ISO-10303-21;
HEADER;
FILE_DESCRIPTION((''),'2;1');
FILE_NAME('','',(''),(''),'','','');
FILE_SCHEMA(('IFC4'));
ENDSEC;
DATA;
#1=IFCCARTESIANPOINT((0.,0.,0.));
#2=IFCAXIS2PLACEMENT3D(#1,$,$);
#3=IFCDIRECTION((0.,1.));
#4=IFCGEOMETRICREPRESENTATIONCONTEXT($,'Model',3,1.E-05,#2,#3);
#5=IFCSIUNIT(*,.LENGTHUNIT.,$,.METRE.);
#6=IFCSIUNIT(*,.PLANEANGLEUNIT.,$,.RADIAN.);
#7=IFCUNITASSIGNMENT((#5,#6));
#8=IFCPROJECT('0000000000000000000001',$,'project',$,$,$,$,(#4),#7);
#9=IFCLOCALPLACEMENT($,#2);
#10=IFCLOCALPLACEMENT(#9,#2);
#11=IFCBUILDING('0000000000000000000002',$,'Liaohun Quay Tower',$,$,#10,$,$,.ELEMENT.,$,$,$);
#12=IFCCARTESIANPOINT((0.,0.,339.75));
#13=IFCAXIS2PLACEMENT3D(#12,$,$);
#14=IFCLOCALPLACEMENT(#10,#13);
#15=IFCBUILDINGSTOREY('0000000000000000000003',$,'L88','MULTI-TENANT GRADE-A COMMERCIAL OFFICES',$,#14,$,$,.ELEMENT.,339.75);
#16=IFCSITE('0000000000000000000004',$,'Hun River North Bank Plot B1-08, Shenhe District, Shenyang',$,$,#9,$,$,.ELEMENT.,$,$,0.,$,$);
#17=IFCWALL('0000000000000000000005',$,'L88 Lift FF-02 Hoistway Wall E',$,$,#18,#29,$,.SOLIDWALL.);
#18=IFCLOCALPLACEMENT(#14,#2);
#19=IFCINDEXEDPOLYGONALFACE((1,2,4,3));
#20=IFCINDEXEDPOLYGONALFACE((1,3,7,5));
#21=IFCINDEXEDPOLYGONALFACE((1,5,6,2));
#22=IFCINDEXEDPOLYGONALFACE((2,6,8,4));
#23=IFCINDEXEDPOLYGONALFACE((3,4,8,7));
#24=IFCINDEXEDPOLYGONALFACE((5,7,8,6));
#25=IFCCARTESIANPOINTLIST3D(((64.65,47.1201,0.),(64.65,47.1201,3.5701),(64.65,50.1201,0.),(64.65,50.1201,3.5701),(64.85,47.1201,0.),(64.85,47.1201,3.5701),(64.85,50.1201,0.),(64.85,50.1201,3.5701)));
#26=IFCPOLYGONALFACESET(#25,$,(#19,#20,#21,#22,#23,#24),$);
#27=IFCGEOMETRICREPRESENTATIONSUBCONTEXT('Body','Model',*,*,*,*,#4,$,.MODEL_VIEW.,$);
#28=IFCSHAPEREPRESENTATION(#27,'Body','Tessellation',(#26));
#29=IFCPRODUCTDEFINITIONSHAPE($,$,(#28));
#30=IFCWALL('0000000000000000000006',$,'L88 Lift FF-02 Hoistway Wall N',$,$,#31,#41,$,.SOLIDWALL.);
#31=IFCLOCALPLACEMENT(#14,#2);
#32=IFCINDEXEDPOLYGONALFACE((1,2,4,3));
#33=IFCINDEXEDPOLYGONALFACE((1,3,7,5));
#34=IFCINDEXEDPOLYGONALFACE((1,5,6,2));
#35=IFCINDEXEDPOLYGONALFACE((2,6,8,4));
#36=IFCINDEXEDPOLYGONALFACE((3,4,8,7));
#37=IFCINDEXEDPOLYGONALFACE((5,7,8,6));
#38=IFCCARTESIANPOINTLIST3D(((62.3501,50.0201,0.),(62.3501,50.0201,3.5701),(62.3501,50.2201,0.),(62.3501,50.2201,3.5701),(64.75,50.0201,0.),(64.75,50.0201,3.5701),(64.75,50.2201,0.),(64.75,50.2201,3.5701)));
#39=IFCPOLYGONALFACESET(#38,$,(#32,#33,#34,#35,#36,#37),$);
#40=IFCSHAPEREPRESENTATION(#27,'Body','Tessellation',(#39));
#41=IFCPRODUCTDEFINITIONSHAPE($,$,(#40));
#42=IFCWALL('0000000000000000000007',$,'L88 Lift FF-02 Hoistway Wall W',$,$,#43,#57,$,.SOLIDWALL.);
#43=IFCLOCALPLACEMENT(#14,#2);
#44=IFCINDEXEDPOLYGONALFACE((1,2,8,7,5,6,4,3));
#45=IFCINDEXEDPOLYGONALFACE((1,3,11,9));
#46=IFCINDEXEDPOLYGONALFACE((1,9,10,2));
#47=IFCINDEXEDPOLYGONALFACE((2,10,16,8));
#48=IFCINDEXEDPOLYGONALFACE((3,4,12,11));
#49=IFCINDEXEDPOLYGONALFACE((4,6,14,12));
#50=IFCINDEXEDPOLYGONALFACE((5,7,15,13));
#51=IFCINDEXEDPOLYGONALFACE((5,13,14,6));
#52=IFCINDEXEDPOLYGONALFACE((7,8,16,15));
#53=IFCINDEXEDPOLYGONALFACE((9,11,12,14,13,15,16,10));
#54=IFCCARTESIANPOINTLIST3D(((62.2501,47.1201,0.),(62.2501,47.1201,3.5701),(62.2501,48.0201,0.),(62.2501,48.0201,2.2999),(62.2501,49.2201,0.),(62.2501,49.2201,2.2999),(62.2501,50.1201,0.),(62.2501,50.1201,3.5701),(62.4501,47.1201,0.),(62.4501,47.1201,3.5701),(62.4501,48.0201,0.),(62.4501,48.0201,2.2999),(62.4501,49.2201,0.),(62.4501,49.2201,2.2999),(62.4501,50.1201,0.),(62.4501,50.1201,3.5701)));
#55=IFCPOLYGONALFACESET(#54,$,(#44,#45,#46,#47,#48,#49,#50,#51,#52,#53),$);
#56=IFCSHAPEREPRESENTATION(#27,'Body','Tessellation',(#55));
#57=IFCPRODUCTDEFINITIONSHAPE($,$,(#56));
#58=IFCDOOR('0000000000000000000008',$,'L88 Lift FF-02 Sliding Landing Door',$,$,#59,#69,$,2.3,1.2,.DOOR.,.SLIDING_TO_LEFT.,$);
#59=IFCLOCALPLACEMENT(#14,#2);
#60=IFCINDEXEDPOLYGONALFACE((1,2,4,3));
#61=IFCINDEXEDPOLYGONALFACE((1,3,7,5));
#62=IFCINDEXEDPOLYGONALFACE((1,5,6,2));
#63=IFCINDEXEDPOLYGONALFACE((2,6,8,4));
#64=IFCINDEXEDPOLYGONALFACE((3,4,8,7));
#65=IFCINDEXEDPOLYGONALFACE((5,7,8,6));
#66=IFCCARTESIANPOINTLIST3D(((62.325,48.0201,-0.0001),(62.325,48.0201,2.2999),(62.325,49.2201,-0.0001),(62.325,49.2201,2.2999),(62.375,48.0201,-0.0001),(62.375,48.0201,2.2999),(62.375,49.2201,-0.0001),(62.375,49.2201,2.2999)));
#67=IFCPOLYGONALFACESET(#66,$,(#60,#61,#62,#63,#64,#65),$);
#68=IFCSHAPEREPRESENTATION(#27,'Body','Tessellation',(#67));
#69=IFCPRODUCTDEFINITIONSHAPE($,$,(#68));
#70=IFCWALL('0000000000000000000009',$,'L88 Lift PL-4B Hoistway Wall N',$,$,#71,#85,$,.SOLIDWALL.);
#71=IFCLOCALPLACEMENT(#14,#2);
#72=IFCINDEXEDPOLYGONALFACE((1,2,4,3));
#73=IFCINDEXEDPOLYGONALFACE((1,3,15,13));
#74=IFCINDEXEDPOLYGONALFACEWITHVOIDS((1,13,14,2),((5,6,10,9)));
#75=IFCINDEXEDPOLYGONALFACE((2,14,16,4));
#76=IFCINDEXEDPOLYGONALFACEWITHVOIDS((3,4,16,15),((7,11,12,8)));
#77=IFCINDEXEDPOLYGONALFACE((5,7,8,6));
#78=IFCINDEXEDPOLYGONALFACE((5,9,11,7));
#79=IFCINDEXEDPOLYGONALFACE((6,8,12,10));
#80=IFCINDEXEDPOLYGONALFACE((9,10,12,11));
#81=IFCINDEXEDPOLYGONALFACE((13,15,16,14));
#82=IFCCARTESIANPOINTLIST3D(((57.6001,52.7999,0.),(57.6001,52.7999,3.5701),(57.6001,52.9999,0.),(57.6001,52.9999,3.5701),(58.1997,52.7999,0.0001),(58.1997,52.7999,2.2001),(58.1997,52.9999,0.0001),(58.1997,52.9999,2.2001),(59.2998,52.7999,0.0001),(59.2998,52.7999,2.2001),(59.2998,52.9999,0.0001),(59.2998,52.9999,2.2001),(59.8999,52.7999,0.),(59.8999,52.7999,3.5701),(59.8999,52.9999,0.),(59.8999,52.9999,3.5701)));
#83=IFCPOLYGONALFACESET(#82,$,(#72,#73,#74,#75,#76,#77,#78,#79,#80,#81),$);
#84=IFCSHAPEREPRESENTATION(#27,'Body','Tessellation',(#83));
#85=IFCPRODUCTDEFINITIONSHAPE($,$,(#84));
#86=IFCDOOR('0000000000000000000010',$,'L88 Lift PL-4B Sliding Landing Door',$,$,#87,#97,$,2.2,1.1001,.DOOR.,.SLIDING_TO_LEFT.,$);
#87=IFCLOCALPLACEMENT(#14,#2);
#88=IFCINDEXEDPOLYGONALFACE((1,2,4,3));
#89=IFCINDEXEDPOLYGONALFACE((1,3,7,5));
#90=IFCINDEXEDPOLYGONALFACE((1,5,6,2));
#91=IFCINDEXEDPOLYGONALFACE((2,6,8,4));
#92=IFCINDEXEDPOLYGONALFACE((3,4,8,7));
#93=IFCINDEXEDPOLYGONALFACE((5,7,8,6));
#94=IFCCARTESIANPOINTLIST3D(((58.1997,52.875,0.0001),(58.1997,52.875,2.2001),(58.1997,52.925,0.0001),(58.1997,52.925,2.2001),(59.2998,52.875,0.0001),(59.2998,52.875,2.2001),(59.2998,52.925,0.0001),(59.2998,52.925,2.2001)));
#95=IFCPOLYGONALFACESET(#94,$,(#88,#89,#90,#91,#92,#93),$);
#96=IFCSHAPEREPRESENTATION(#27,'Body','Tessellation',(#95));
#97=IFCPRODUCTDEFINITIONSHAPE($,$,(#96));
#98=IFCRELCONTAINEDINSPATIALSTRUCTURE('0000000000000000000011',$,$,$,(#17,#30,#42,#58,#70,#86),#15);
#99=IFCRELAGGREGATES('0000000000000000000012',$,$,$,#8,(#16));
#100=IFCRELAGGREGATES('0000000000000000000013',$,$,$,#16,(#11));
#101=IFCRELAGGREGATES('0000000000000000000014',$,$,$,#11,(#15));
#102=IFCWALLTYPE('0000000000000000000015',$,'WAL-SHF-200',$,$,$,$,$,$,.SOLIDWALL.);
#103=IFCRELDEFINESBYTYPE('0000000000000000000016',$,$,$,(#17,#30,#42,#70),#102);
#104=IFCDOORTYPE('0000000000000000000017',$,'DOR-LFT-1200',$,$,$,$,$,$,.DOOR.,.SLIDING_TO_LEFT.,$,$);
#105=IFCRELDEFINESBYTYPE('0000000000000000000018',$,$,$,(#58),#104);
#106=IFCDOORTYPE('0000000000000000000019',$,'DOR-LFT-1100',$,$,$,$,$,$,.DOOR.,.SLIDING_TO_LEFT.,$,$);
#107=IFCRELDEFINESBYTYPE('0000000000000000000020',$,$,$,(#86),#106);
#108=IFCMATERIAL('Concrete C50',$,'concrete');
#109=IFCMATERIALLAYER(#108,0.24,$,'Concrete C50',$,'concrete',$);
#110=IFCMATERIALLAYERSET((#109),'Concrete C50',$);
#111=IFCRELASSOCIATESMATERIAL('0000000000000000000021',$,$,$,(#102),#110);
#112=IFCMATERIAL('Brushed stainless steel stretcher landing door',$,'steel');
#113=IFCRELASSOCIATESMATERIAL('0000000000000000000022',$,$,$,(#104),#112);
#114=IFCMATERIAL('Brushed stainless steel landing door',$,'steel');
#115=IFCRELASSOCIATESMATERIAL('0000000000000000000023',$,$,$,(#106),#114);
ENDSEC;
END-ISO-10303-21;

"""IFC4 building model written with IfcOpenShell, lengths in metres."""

from ifc_helpers import new_model, si_unit, direction, frame, frame_2d, origin, place, context, subcontext, project, spatial, rectangle, extrude, source, transform, mapped, material, layer, layer_set, type_object, element, fill, save


model = new_model("IFC4")

# Units and contexts
model_context = context("Model", 3, precision=1e-05, world=origin(), true_north=direction((0.0, 1.0)))
body_context = subcontext(model_context, "Body", "Model", "MODEL_VIEW")
ifc_project = project(units=[si_unit("LENGTHUNIT", "METRE"), si_unit("PLANEANGLEUNIT", "RADIAN")], contexts=[model_context])

# Site, building, storey
site_placement = place(None, origin())
site = spatial("IfcSite", under=ifc_project, at=site_placement, Name="Hun River North Bank Plot B1-08, Shenhe District, Shenyang", CompositionType="ELEMENT", RefElevation=0.0)
building_placement = place(site_placement, origin())
building = spatial("IfcBuilding", under=site, at=building_placement, Name="Liaohun Quay Tower", CompositionType="ELEMENT")
storey_placement = place(building_placement, frame((0.0, 0.0, 339.75)))
storey = spatial("IfcBuildingStorey", under=building, at=storey_placement, Name="L88", Description="MULTI-TENANT GRADE-A COMMERCIAL OFFICES", CompositionType="ELEMENT", Elevation=339.75)

# Walls
ifc_material_1 = material(Name="Concrete C50", Category="concrete")
ifc_layer_1 = layer(ifc_material_1, 0.24, Name="Concrete C50", Category="concrete")
ifc_layer_set_1 = layer_set([ifc_layer_1], Name="Concrete C50")
wall_type_1 = type_object("IfcWallType", Name="WAL-SHF-200", PredefinedType="SOLIDWALL", material=ifc_layer_set_1)
wall_1_placement = place(storey_placement, frame((64.75, 47.1201, 0.0), z_axis=(0.0, 0.0, 1.0), x_axis=(0.0, 1.0, 0.0)))
element("IfcWall", 1, at=wall_1_placement, inside=storey, type_object=wall_type_1, Name="L88 Lift FF-02 Hoistway Wall E", PredefinedType="SOLIDWALL", context=body_context, shape_type="SweptSolid", body=[
    extrude(rectangle(XDim=3.0, YDim=0.2, at=frame_2d((1.5, 0.0))), origin(), (0.0, 0.0, 1.0), 3.5701),
])
wall_2_placement = place(storey_placement, frame((64.75, 50.1201, 0.0), z_axis=(0.0, 0.0, 1.0), x_axis=(-1.0, 0.0, 0.0)))
element("IfcWall", 2, at=wall_2_placement, inside=storey, type_object=wall_type_1, Name="L88 Lift FF-02 Hoistway Wall N", PredefinedType="SOLIDWALL", context=body_context, shape_type="SweptSolid", body=[
    extrude(rectangle(XDim=2.3999, YDim=0.2, at=frame_2d((1.2, 0.0))), origin(), (0.0, 0.0, 1.0), 3.5701),
])

# Walls, openings, doors
wall_3_placement = place(storey_placement, frame((62.3501, 50.1201, 0.0), z_axis=(0.0, 0.0, 1.0), x_axis=(0.0, -1.0, 0.0)))
wall_3 = element("IfcWall", 3, at=wall_3_placement, inside=storey, type_object=wall_type_1, Name="L88 Lift FF-02 Hoistway Wall W", PredefinedType="SOLIDWALL", context=body_context, shape_type="SweptSolid", body=[
    extrude(rectangle(XDim=3.0, YDim=0.2, at=frame_2d((1.5, 0.0))), origin(), (0.0, 0.0, 1.0), 3.5701),
])
shared_shape_1 = source(origin(), body_context, "Body", "SweptSolid", [
    extrude(rectangle(XDim=1.2, YDim=2.3, at=frame_2d((0.6001, 1.1499))), frame((0.0, 0.1099, 0.0), z_axis=(0.0, -1.0, 0.0), x_axis=(1.0, 0.0, 0.0)), (0.0, 0.0, 1.0), 0.22),
])
opening_1_placement = place(wall_3_placement, frame((0.8999, 0.0, 0.0)))
opening_1 = element("IfcOpeningElement", 4, at=opening_1_placement, cuts=wall_3, PredefinedType="OPENING", context=body_context, shape_type="MappedRepresentation", body=[
    mapped(shared_shape_1, transform((0.0, 0.0, 0.0), x_axis=(1.0, 0.0, 0.0), y_axis=(0.0, 1.0, 0.0), z_axis=(0.0, 0.0, 1.0), scale=1.0)),
])
ifc_material_2 = material(Name="Brushed stainless steel stretcher landing door", Category="steel")
door_type_1 = type_object("IfcDoorType", Name="DOR-LFT-1200", OperationType="SLIDING_TO_LEFT", PredefinedType="DOOR", material=ifc_material_2)
shared_shape_2 = source(origin(), body_context, "Body", "SweptSolid", [
    extrude(rectangle(XDim=1.2, YDim=2.3, at=frame_2d((0.6001, 1.1499))), frame((0.0, 0.0249, 0.0), z_axis=(0.0, -1.0, 0.0), x_axis=(1.0, 0.0, 0.0)), (0.0, 0.0, 1.0), 0.05),
])
door_1_placement = place(opening_1_placement, origin())
door_1 = element("IfcDoor", 5, at=door_1_placement, inside=storey, type_object=door_type_1, Name="L88 Lift FF-02 Sliding Landing Door", OperationType="SLIDING_TO_LEFT", OverallHeight=2.3, OverallWidth=1.2, PredefinedType="DOOR", context=body_context, shape_type="MappedRepresentation", body=[
    mapped(shared_shape_2, transform((0.0, 0.0, 0.0), x_axis=(1.0, 0.0, 0.0), y_axis=(0.0, 1.0, 0.0), z_axis=(0.0, 0.0, 1.0), scale=1.0)),
])
fill(opening_1, door_1)
wall_4_placement = place(storey_placement, frame((59.8999, 52.8999, 0.0), z_axis=(0.0, 0.0, 1.0), x_axis=(-1.0, 0.0, 0.0)))
wall_4 = element("IfcWall", 6, at=wall_4_placement, inside=storey, type_object=wall_type_1, Name="L88 Lift PL-4B Hoistway Wall N", PredefinedType="SOLIDWALL", context=body_context, shape_type="SweptSolid", body=[
    extrude(rectangle(XDim=2.2998, YDim=0.2, at=frame_2d((1.1499, 0.0))), origin(), (0.0, 0.0, 1.0), 3.5701),
])
shared_shape_3 = source(origin(), body_context, "Body", "SweptSolid", [
    extrude(rectangle(XDim=1.1001, YDim=2.2, at=frame_2d((0.55, 1.1001))), frame((0.0, 0.1099, 0.0), z_axis=(0.0, -1.0, 0.0), x_axis=(1.0, 0.0, 0.0)), (0.0, 0.0, 1.0), 0.22),
])
opening_2_placement = place(wall_4_placement, frame((0.6001, 0.0, 0.0)))
opening_2 = element("IfcOpeningElement", 7, at=opening_2_placement, cuts=wall_4, PredefinedType="OPENING", context=body_context, shape_type="MappedRepresentation", body=[
    mapped(shared_shape_3, transform((0.0, 0.0, 0.0), x_axis=(1.0, 0.0, 0.0), y_axis=(0.0, 1.0, 0.0), z_axis=(0.0, 0.0, 1.0), scale=1.0)),
])
ifc_material_3 = material(Name="Brushed stainless steel landing door", Category="steel")
door_type_2 = type_object("IfcDoorType", Name="DOR-LFT-1100", OperationType="SLIDING_TO_LEFT", PredefinedType="DOOR", material=ifc_material_3)
shared_shape_4 = source(origin(), body_context, "Body", "SweptSolid", [
    extrude(rectangle(XDim=1.1001, YDim=2.2, at=frame_2d((0.55, 1.1001))), frame((0.0, 0.0249, 0.0), z_axis=(0.0, -1.0, 0.0), x_axis=(1.0, 0.0, 0.0)), (0.0, 0.0, 1.0), 0.05),
])
door_2_placement = place(opening_2_placement, origin())
door_2 = element("IfcDoor", 8, at=door_2_placement, inside=storey, type_object=door_type_2, Name="L88 Lift PL-4B Sliding Landing Door", OperationType="SLIDING_TO_LEFT", OverallHeight=2.2, OverallWidth=1.1001, PredefinedType="DOOR", context=body_context, shape_type="MappedRepresentation", body=[
    mapped(shared_shape_4, transform((0.0, 0.0, 0.0), x_axis=(1.0, 0.0, 0.0), y_axis=(0.0, 1.0, 0.0), z_axis=(0.0, 0.0, 1.0), scale=1.0)),
])
fill(opening_2, door_2)

save(model, "model.ifc")
